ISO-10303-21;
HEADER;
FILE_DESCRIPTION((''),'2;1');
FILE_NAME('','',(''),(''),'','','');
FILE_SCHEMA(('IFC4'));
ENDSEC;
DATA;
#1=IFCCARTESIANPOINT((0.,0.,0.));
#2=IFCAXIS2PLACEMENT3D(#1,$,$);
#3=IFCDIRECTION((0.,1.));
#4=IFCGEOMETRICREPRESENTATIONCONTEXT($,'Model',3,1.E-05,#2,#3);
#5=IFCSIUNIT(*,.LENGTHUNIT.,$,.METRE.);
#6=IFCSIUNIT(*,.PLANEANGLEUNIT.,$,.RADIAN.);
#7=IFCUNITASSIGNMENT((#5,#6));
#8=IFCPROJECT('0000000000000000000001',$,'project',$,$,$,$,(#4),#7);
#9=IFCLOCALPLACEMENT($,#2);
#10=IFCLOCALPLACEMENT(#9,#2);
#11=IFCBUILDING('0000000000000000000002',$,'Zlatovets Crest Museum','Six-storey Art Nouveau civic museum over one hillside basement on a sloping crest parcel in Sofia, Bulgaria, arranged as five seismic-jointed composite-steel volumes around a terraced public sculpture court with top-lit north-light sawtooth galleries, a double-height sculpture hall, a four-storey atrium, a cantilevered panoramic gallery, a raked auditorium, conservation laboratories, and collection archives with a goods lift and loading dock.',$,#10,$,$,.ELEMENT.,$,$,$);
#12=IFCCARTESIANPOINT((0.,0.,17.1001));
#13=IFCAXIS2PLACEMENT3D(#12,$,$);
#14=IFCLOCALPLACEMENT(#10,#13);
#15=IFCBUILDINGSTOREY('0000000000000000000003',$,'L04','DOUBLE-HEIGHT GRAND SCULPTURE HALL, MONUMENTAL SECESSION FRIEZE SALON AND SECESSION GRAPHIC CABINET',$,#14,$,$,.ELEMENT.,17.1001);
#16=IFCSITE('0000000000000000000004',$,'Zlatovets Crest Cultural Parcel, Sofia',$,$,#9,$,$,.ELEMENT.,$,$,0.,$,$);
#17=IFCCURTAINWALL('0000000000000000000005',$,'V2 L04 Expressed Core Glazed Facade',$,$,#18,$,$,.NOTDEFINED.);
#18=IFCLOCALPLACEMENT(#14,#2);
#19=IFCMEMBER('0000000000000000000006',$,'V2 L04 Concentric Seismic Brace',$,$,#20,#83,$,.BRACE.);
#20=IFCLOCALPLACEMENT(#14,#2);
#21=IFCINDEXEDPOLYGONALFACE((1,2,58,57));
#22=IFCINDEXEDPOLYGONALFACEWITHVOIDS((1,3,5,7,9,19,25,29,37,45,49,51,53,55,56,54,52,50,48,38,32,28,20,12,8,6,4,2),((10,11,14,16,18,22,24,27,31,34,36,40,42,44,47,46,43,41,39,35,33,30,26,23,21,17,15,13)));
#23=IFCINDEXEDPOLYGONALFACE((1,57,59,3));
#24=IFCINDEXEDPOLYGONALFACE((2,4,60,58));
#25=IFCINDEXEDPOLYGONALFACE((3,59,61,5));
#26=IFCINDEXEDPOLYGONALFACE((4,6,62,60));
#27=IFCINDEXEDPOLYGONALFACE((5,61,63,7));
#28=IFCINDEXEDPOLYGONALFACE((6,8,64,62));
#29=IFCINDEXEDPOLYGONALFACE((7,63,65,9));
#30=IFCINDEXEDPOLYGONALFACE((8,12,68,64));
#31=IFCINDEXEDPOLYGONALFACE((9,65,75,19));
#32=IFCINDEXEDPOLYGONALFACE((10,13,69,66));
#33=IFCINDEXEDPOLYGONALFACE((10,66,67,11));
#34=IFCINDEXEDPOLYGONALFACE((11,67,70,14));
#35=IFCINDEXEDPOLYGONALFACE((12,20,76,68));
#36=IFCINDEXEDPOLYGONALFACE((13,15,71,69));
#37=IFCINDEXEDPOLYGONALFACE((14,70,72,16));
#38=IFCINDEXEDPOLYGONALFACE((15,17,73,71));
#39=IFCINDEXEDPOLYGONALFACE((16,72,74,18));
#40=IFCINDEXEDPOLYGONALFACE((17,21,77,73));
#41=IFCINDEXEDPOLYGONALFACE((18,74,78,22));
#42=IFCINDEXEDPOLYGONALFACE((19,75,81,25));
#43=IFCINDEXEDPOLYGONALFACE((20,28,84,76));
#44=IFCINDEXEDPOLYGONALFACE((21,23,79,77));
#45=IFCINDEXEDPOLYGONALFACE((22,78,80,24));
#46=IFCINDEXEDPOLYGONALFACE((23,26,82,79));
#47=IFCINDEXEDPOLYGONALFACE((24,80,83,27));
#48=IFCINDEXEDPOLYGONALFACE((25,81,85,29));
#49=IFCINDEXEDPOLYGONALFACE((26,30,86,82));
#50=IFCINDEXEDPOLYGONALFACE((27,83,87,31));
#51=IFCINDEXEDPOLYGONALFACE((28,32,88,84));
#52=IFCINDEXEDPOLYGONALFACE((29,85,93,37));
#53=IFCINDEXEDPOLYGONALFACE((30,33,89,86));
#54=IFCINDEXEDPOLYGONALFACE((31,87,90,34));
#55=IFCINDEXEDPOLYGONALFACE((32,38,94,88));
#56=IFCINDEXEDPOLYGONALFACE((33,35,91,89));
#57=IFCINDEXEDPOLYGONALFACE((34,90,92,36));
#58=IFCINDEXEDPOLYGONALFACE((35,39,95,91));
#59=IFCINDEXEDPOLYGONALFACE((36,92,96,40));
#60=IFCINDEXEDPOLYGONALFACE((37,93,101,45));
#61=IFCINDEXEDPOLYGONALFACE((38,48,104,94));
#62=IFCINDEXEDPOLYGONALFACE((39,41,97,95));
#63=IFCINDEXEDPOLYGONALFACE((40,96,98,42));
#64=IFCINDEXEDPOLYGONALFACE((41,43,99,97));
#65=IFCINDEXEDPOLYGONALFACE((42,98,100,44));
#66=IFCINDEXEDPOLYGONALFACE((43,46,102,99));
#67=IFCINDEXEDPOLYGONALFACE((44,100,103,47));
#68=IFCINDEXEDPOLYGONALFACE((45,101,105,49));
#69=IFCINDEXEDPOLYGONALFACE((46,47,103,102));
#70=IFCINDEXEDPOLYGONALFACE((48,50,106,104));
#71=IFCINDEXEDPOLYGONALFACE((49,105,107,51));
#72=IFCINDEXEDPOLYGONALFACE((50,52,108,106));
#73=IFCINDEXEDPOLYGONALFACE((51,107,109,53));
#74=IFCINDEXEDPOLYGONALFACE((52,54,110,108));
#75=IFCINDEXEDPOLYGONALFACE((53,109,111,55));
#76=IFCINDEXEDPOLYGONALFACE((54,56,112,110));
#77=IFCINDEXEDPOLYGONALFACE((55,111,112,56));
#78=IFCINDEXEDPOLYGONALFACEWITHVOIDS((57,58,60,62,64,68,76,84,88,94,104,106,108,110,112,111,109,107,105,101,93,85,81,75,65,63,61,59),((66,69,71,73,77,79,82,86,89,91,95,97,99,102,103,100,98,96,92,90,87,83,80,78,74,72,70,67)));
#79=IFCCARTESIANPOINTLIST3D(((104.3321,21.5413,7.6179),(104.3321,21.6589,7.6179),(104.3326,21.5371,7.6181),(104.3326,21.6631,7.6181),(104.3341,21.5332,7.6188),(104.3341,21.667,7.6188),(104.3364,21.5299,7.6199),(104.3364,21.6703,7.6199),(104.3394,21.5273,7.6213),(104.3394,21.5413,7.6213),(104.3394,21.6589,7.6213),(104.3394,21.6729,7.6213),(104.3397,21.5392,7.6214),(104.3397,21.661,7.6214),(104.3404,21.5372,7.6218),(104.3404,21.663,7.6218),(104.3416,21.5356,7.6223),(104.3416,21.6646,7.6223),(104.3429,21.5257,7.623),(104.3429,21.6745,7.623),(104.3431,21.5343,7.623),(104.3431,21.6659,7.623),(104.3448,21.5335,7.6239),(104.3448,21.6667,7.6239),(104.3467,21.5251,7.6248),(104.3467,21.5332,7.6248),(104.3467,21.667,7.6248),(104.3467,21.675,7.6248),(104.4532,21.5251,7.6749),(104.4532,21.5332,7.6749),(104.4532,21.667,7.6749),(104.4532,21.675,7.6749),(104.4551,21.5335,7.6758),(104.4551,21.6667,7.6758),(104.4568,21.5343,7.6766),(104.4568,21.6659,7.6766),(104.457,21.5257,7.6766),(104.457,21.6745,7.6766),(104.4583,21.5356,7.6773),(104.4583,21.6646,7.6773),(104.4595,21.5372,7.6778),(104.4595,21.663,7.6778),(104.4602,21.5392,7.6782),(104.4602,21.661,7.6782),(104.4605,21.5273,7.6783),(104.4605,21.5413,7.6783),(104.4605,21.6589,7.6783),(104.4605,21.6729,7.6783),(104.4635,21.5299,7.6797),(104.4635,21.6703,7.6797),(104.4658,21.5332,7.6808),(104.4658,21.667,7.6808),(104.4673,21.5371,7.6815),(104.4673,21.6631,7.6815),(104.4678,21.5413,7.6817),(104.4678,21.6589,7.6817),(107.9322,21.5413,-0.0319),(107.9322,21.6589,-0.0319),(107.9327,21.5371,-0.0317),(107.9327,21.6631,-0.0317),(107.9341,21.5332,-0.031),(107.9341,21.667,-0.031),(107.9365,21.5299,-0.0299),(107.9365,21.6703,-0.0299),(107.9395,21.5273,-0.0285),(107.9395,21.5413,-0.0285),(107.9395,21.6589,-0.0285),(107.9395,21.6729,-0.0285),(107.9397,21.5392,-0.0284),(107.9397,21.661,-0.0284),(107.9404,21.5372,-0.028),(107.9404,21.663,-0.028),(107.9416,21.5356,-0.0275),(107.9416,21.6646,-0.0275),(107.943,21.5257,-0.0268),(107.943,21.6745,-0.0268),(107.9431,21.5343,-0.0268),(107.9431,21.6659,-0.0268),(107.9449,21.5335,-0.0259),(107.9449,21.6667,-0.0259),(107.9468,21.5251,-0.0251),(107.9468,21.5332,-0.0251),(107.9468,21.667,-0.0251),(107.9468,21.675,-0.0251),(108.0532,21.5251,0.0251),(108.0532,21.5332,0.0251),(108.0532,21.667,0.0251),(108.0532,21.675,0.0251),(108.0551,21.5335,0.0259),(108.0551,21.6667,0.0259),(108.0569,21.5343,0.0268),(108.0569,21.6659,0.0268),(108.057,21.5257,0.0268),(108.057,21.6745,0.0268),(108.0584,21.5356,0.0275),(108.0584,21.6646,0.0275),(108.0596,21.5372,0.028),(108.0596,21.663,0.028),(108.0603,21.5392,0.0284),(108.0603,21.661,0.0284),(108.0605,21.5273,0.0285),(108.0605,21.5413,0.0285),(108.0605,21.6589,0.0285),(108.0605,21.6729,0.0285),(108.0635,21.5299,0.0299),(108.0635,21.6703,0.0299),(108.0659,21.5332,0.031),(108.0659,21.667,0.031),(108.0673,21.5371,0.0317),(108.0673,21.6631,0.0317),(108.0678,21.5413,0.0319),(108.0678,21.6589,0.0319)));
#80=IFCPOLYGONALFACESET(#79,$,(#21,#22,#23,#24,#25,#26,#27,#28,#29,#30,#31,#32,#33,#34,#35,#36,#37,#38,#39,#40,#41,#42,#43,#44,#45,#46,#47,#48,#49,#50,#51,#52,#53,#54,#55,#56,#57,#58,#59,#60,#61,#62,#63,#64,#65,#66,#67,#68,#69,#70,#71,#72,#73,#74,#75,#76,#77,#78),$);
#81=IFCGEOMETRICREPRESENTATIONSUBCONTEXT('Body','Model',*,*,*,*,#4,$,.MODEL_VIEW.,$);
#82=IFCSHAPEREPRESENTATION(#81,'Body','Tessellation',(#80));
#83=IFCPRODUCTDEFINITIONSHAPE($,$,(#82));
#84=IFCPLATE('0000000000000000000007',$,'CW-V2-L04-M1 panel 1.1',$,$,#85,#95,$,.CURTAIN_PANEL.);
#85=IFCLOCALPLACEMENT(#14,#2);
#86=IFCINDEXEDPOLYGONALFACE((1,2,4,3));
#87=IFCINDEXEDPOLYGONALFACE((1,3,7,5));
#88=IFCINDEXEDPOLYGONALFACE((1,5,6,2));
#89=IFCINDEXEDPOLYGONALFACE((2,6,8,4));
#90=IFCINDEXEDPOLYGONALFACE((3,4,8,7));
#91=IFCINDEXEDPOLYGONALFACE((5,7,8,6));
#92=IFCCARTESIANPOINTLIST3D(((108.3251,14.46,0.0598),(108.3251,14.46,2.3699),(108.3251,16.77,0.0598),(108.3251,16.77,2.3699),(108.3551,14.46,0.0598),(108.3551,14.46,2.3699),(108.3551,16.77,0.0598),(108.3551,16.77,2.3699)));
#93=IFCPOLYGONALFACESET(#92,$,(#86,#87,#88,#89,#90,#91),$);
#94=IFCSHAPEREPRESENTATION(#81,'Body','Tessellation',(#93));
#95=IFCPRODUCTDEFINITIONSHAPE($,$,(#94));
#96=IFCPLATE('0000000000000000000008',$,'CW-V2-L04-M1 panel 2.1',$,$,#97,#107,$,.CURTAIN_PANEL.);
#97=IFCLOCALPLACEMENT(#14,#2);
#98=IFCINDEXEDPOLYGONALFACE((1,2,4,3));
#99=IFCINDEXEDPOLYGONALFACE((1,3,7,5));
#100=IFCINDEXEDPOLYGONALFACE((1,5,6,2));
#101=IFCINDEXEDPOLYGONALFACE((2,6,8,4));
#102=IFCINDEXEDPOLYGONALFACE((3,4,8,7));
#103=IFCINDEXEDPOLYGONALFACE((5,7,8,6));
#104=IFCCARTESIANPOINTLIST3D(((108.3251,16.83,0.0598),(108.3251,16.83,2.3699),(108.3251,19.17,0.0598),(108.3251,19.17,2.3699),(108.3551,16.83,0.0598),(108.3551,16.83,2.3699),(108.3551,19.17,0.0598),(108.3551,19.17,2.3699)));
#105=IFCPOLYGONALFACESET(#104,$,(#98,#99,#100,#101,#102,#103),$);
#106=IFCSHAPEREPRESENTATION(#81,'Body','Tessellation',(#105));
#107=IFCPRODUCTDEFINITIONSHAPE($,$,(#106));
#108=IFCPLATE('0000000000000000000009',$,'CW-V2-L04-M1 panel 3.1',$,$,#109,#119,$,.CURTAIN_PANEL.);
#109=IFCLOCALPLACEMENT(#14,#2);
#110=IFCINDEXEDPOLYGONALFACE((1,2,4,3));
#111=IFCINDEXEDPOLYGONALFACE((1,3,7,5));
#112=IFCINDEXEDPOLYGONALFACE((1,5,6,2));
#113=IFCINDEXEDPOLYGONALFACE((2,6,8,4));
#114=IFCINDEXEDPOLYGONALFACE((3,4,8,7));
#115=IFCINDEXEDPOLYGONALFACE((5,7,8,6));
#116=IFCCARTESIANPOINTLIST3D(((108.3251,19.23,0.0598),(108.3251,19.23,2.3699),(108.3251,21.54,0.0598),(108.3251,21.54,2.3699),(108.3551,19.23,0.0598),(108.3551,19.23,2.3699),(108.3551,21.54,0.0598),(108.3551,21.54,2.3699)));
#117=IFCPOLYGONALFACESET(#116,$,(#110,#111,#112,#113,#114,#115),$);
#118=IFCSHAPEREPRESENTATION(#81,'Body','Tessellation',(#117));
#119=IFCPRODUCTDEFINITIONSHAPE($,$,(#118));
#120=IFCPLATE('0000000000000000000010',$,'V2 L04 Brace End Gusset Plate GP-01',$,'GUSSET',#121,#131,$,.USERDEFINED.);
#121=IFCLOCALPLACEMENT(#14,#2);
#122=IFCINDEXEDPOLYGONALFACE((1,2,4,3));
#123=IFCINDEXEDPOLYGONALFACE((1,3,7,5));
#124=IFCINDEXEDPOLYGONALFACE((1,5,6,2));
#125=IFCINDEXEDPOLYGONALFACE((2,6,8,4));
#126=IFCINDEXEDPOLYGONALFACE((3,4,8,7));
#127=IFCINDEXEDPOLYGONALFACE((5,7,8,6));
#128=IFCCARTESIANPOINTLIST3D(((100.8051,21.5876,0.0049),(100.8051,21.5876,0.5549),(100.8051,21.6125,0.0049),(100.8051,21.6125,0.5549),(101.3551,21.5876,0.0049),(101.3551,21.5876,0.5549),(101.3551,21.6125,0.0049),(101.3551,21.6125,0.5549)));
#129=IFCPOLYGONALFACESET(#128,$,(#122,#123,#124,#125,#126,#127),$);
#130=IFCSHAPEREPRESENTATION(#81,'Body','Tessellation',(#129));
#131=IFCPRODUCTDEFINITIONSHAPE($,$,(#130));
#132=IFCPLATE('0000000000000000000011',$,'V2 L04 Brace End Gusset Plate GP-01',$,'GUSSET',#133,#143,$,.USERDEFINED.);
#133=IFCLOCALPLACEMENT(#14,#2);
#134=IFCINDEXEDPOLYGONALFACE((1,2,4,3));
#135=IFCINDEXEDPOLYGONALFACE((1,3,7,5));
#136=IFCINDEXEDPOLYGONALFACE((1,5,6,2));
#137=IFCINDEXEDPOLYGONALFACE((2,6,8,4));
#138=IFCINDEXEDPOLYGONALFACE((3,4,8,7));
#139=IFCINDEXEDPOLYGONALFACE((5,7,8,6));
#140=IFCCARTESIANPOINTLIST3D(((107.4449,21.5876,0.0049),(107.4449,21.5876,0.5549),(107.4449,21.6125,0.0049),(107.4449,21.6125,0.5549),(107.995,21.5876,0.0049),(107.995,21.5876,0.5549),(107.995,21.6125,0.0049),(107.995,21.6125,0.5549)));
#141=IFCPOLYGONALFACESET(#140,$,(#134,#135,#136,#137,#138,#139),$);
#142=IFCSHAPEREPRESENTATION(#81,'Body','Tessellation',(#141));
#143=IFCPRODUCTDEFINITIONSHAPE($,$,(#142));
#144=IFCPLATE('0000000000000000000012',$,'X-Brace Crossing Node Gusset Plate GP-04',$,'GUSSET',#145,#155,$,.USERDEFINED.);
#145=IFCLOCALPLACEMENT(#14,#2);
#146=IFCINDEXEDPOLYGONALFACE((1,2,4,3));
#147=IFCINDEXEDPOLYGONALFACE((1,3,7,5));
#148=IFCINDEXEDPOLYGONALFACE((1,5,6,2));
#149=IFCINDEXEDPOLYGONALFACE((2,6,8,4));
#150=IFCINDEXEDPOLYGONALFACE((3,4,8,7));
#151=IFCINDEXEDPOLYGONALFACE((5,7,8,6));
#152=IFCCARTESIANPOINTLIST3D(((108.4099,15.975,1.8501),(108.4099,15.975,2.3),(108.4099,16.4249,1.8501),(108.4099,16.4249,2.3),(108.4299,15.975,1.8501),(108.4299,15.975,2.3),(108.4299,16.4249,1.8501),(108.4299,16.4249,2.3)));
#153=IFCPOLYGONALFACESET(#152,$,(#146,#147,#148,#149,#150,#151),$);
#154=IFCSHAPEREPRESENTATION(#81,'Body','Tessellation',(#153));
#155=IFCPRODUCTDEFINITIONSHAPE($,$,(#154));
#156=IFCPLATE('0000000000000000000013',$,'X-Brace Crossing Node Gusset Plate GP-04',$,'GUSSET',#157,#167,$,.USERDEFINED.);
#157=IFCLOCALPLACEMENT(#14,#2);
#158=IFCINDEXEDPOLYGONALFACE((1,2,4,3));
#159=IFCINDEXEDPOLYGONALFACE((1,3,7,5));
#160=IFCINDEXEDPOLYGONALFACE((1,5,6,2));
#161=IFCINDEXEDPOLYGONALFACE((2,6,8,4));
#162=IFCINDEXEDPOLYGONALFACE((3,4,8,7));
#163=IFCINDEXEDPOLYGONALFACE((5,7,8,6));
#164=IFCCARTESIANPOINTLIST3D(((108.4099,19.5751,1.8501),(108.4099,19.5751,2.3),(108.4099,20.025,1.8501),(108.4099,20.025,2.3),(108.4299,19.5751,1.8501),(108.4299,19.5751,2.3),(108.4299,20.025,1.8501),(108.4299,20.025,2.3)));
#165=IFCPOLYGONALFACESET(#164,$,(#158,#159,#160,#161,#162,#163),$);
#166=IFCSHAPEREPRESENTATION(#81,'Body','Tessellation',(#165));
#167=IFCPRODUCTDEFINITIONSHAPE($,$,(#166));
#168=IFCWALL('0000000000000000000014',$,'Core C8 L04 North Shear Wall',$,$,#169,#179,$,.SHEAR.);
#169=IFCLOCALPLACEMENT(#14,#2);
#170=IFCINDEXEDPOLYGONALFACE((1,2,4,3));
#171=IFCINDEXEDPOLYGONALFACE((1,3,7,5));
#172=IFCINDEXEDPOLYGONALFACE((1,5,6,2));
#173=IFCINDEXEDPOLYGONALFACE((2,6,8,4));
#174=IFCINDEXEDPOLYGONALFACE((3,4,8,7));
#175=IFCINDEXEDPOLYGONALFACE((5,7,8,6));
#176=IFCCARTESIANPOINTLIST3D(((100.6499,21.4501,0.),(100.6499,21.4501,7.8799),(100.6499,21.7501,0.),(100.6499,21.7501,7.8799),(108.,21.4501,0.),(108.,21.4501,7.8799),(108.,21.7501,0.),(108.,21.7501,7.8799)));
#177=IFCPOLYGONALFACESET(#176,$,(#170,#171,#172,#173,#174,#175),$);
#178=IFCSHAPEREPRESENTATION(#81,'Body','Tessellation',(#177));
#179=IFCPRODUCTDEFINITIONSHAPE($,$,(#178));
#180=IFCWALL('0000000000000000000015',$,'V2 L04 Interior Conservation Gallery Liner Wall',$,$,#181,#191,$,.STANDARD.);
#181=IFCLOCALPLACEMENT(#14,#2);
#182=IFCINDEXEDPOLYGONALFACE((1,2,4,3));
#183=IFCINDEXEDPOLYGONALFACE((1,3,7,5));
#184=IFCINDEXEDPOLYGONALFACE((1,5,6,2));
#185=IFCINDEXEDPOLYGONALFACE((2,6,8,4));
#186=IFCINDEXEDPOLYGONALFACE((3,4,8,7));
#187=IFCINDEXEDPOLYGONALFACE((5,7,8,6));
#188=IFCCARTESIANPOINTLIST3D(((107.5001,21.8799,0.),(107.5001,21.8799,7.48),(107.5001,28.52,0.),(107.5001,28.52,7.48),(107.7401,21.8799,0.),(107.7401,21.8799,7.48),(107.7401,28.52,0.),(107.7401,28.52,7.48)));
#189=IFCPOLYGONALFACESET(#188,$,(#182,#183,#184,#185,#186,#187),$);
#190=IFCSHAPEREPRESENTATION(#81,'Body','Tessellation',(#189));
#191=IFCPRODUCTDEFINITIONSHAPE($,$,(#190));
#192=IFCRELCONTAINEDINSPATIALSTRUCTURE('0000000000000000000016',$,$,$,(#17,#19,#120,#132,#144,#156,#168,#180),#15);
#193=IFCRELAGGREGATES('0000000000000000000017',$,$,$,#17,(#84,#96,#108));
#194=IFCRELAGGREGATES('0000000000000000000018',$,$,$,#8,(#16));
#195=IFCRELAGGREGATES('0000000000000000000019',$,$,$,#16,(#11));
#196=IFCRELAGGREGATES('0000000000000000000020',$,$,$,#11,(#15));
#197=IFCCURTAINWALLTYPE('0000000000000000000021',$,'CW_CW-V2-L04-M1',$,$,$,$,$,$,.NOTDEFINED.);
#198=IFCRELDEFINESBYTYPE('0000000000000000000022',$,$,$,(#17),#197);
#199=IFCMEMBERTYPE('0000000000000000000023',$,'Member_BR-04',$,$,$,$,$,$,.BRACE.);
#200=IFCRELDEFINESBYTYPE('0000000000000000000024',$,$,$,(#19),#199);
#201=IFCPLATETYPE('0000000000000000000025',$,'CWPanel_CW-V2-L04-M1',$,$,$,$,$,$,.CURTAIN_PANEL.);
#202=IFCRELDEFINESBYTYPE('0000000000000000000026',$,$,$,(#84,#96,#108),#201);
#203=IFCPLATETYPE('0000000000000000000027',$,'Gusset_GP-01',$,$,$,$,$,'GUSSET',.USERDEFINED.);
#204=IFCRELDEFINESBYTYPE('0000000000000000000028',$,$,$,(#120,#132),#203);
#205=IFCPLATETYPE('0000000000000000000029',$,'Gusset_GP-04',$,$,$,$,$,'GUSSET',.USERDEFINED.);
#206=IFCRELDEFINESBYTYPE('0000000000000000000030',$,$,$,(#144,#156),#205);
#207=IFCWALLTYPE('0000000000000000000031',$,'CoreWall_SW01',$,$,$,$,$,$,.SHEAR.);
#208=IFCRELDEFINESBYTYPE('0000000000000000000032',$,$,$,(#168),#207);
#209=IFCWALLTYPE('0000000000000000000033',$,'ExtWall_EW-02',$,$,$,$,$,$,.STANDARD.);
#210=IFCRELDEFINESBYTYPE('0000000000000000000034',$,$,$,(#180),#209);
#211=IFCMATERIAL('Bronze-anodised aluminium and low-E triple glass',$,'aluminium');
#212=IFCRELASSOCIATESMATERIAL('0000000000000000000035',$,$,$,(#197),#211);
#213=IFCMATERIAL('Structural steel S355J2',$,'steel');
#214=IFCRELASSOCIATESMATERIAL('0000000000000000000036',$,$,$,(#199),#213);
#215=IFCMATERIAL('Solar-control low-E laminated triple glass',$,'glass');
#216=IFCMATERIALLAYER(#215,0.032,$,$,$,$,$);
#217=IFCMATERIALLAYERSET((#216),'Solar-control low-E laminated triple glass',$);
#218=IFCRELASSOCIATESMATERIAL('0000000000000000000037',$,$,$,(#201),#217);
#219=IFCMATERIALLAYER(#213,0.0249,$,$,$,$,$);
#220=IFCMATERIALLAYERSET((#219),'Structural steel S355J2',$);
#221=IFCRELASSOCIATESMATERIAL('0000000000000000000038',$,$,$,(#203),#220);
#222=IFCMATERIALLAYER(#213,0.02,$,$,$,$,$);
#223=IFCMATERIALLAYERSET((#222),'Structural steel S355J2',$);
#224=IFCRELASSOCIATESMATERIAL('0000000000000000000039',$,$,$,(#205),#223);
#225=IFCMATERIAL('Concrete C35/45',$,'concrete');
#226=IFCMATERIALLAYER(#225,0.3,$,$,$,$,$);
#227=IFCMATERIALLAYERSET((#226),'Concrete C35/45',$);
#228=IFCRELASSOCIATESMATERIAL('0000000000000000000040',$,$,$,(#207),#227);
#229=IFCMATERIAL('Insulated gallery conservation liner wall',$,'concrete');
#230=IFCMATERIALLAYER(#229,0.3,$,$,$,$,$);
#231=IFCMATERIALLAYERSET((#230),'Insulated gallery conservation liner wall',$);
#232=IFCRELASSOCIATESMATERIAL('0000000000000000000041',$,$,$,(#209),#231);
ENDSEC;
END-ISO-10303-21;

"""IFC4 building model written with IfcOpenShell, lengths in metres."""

from ifc_helpers import new_model, si_unit, direction, frame, frame_2d, origin, origin_2d, place, context, subcontext, project, spatial, rectangle, hollow_rectangle, extrude, material, layer, layer_set, material_profile, profile_set, type_object, element, aggregate, save


model = new_model("IFC4")

# Units and contexts
model_context = context("Model", 3, precision=1e-05, world=origin(), true_north=direction((0.0, 1.0)))
body_context = subcontext(model_context, "Body", "Model", "MODEL_VIEW")
ifc_project = project(units=[si_unit("LENGTHUNIT", "METRE"), si_unit("PLANEANGLEUNIT", "RADIAN")], contexts=[model_context])

# Site, building, storey
site_placement = place(None, origin())
site = spatial("IfcSite", under=ifc_project, at=site_placement, Name="Zlatovets Crest Cultural Parcel, Sofia", CompositionType="ELEMENT", RefElevation=0.0)
building_placement = place(site_placement, origin())
building = spatial("IfcBuilding", under=site, at=building_placement, Name="Zlatovets Crest Museum", Description="Six-storey Art Nouveau civic museum over one hillside basement on a sloping crest parcel in Sofia, Bulgaria, arranged as five seismic-jointed composite-steel volumes around a terraced public sculpture court with top-lit north-light sawtooth galleries, a double-height sculpture hall, a four-storey atrium, a cantilevered panoramic gallery, a raked auditorium, conservation laboratories, and collection archives with a goods lift and loading dock.", CompositionType="ELEMENT")
storey_placement = place(building_placement, frame((0.0, 0.0, 17.1001)))
storey = spatial("IfcBuildingStorey", under=building, at=storey_placement, Name="L04", Description="DOUBLE-HEIGHT GRAND SCULPTURE HALL, MONUMENTAL SECESSION FRIEZE SALON AND SECESSION GRAPHIC CABINET", CompositionType="ELEMENT", Elevation=17.1001)

# Shared definitions
ifc_material_1 = material(Name="Structural steel S355J2", Category="steel")

# Curtain wall
ifc_material_2 = material(Name="Bronze-anodised aluminium and low-E triple glass", Category="aluminium")
curtain_wall_type = type_object("IfcCurtainWallType", Name="CW_CW-V2-L04-M1", PredefinedType="NOTDEFINED", material=ifc_material_2)
curtain_wall_placement = place(storey_placement, origin())
curtain_wall = element("IfcCurtainWall", 1, at=curtain_wall_placement, inside=storey, type_object=curtain_wall_type, Name="V2 L04 Expressed Core Glazed Facade", PredefinedType="NOTDEFINED")

# Member
ifc_material_profile_1 = material_profile(ifc_material_1, hollow_rectangle(XDim=0.1499, YDim=0.1499, WallThickness=0.0081, InnerFilletRadius=0.0081, OuterFilletRadius=0.0161, at=origin_2d()), Name="SHS 150x150x8.0")
ifc_profile_set_1 = profile_set([ifc_material_profile_1], Name="Structural steel S355J2")
member_type_1 = type_object("IfcMemberType", Name="Member_BR-04", PredefinedType="BRACE", material=ifc_profile_set_1)
for number, where, z_axis, x_axis, name in (
    (2, (108.0, 21.6001, 0.0), (-0.425811, 0.0, 0.904812), (0.0, -1.0, 0.0), "V2 L04 Concentric Seismic Brace"),
):
    element("IfcMember", number, at=place(storey_placement, frame(where, z_axis=z_axis, x_axis=x_axis)), inside=storey, type_object=member_type_1, Name=name, PredefinedType="BRACE", context=body_context, shape_type="SweptSolid", body=[
        extrude(hollow_rectangle(XDim=0.1499, YDim=0.1499, WallThickness=0.0081, InnerFilletRadius=0.0081, OuterFilletRadius=0.0161, at=origin_2d()), origin(), (0.0, 0.0, 1.0), 8.4546),
    ])

# Plates
ifc_material_3 = material(Name="Solar-control low-E laminated triple glass", Category="glass")
ifc_layer_1 = layer(ifc_material_3, 0.032)
ifc_layer_set_1 = layer_set([ifc_layer_1], Name="Solar-control low-E laminated triple glass")
plate_type_1 = type_object("IfcPlateType", Name="CWPanel_CW-V2-L04-M1", PredefinedType="CURTAIN_PANEL", material=ifc_layer_set_1)
plate_1_placement = place(storey_placement, frame((108.3401, 15.615, 0.0598), z_axis=(0.0, 0.0, 1.0), x_axis=(0.0, 1.0, 0.0)))
plate_1 = element("IfcPlate", 3, at=plate_1_placement, type_object=plate_type_1, Name="CW-V2-L04-M1 panel 1.1", PredefinedType="CURTAIN_PANEL", context=body_context, shape_type="SweptSolid", body=[
    extrude(rectangle(XDim=2.3101, YDim=0.03, at=origin_2d()), origin(), (0.0, 0.0, 1.0), 2.3101),
])
plate_2_placement = place(storey_placement, frame((108.3401, 18.0, 0.0598), z_axis=(0.0, 0.0, 1.0), x_axis=(0.0, 1.0, 0.0)))
plate_2 = element("IfcPlate", 4, at=plate_2_placement, type_object=plate_type_1, Name="CW-V2-L04-M1 panel 2.1", PredefinedType="CURTAIN_PANEL", context=body_context, shape_type="SweptSolid", body=[
    extrude(rectangle(XDim=2.3401, YDim=0.03, at=origin_2d()), origin(), (0.0, 0.0, 1.0), 2.3101),
])
plate_3_placement = place(storey_placement, frame((108.3401, 20.385, 0.0598), z_axis=(0.0, 0.0, 1.0), x_axis=(0.0, 1.0, 0.0)))
plate_3 = element("IfcPlate", 5, at=plate_3_placement, type_object=plate_type_1, Name="CW-V2-L04-M1 panel 3.1", PredefinedType="CURTAIN_PANEL", context=body_context, shape_type="SweptSolid", body=[
    extrude(rectangle(XDim=2.3101, YDim=0.03, at=origin_2d()), origin(), (0.0, 0.0, 1.0), 2.3101),
])
aggregate(curtain_wall, [plate_1, plate_2, plate_3])

# Plates
ifc_layer_2 = layer(ifc_material_1, 0.0249)
ifc_layer_set_2 = layer_set([ifc_layer_2], Name="Structural steel S355J2")
plate_type_2 = type_object("IfcPlateType", Name="Gusset_GP-01", ElementType="GUSSET", PredefinedType="USERDEFINED", material=ifc_layer_set_2)
for number, where, z_axis, x_axis, name in (
    (6, (101.0801, 21.6001, 0.0049), (0.0, 0.0, 1.0), (1.0, 0.0, 0.0), "V2 L04 Brace End Gusset Plate GP-01"),
    (7, (107.72, 21.6001, 0.0049), (0.0, 0.0, 1.0), (1.0, 0.0, 0.0), "V2 L04 Brace End Gusset Plate GP-01"),
):
    element("IfcPlate", number, at=place(storey_placement, frame(where, z_axis=z_axis, x_axis=x_axis)), inside=storey, type_object=plate_type_2, Name=name, ObjectType="GUSSET", PredefinedType="USERDEFINED", context=body_context, shape_type="SweptSolid", body=[
        extrude(rectangle(XDim=0.55, YDim=0.0249, at=origin_2d()), origin(), (0.0, 0.0, 1.0), 0.55),
    ])
ifc_layer_3 = layer(ifc_material_1, 0.02)
ifc_layer_set_3 = layer_set([ifc_layer_3], Name="Structural steel S355J2")
plate_type_3 = type_object("IfcPlateType", Name="Gusset_GP-04", ElementType="GUSSET", PredefinedType="USERDEFINED", material=ifc_layer_set_3)
for number, where, z_axis, x_axis, name in (
    (8, (108.4199, 16.2, 1.8501), (0.0, 0.0, 1.0), (1.0, 0.0, 0.0), "X-Brace Crossing Node Gusset Plate GP-04"),
    (9, (108.4199, 19.8, 1.8501), (0.0, 0.0, 1.0), (1.0, 0.0, 0.0), "X-Brace Crossing Node Gusset Plate GP-04"),
):
    element("IfcPlate", number, at=place(storey_placement, frame(where, z_axis=z_axis, x_axis=x_axis)), inside=storey, type_object=plate_type_3, Name=name, ObjectType="GUSSET", PredefinedType="USERDEFINED", context=body_context, shape_type="SweptSolid", body=[
        extrude(rectangle(XDim=0.02, YDim=0.45, at=origin_2d()), origin(), (0.0, 0.0, 1.0), 0.45),
    ])

# Walls
ifc_material_4 = material(Name="Concrete C35/45", Category="concrete")
ifc_layer_4 = layer(ifc_material_4, 0.3)
ifc_layer_set_4 = layer_set([ifc_layer_4], Name="Concrete C35/45")
wall_type_1 = type_object("IfcWallType", Name="CoreWall_SW01", PredefinedType="SHEAR", material=ifc_layer_set_4)
wall_1_placement = place(storey_placement, frame((100.6499, 21.6001, 0.0), z_axis=(0.0, 0.0, 1.0), x_axis=(1.0, 0.0, 0.0)))
element("IfcWall", 10, at=wall_1_placement, inside=storey, type_object=wall_type_1, Name="Core C8 L04 North Shear Wall", PredefinedType="SHEAR", context=body_context, shape_type="SweptSolid", body=[
    extrude(rectangle(XDim=7.3501, YDim=0.3, at=frame_2d((3.675, 0.0))), origin(), (0.0, 0.0, 1.0), 7.8799),
])
ifc_material_5 = material(Name="Insulated gallery conservation liner wall", Category="concrete")
ifc_layer_5 = layer(ifc_material_5, 0.3)
ifc_layer_set_5 = layer_set([ifc_layer_5], Name="Insulated gallery conservation liner wall")
wall_type_2 = type_object("IfcWallType", Name="ExtWall_EW-02", PredefinedType="STANDARD", material=ifc_layer_set_5)
wall_2_placement = place(storey_placement, frame((107.6201, 21.8799, 0.0), z_axis=(0.0, 0.0, 1.0), x_axis=(0.0, 1.0, 0.0)))
element("IfcWall", 11, at=wall_2_placement, inside=storey, type_object=wall_type_2, Name="V2 L04 Interior Conservation Gallery Liner Wall", PredefinedType="STANDARD", context=body_context, shape_type="SweptSolid", body=[
    extrude(rectangle(XDim=6.6401, YDim=0.24, at=frame_2d((3.3201, 0.0))), origin(), (0.0, 0.0, 1.0), 7.48),
])

save(model, "model.ifc")
